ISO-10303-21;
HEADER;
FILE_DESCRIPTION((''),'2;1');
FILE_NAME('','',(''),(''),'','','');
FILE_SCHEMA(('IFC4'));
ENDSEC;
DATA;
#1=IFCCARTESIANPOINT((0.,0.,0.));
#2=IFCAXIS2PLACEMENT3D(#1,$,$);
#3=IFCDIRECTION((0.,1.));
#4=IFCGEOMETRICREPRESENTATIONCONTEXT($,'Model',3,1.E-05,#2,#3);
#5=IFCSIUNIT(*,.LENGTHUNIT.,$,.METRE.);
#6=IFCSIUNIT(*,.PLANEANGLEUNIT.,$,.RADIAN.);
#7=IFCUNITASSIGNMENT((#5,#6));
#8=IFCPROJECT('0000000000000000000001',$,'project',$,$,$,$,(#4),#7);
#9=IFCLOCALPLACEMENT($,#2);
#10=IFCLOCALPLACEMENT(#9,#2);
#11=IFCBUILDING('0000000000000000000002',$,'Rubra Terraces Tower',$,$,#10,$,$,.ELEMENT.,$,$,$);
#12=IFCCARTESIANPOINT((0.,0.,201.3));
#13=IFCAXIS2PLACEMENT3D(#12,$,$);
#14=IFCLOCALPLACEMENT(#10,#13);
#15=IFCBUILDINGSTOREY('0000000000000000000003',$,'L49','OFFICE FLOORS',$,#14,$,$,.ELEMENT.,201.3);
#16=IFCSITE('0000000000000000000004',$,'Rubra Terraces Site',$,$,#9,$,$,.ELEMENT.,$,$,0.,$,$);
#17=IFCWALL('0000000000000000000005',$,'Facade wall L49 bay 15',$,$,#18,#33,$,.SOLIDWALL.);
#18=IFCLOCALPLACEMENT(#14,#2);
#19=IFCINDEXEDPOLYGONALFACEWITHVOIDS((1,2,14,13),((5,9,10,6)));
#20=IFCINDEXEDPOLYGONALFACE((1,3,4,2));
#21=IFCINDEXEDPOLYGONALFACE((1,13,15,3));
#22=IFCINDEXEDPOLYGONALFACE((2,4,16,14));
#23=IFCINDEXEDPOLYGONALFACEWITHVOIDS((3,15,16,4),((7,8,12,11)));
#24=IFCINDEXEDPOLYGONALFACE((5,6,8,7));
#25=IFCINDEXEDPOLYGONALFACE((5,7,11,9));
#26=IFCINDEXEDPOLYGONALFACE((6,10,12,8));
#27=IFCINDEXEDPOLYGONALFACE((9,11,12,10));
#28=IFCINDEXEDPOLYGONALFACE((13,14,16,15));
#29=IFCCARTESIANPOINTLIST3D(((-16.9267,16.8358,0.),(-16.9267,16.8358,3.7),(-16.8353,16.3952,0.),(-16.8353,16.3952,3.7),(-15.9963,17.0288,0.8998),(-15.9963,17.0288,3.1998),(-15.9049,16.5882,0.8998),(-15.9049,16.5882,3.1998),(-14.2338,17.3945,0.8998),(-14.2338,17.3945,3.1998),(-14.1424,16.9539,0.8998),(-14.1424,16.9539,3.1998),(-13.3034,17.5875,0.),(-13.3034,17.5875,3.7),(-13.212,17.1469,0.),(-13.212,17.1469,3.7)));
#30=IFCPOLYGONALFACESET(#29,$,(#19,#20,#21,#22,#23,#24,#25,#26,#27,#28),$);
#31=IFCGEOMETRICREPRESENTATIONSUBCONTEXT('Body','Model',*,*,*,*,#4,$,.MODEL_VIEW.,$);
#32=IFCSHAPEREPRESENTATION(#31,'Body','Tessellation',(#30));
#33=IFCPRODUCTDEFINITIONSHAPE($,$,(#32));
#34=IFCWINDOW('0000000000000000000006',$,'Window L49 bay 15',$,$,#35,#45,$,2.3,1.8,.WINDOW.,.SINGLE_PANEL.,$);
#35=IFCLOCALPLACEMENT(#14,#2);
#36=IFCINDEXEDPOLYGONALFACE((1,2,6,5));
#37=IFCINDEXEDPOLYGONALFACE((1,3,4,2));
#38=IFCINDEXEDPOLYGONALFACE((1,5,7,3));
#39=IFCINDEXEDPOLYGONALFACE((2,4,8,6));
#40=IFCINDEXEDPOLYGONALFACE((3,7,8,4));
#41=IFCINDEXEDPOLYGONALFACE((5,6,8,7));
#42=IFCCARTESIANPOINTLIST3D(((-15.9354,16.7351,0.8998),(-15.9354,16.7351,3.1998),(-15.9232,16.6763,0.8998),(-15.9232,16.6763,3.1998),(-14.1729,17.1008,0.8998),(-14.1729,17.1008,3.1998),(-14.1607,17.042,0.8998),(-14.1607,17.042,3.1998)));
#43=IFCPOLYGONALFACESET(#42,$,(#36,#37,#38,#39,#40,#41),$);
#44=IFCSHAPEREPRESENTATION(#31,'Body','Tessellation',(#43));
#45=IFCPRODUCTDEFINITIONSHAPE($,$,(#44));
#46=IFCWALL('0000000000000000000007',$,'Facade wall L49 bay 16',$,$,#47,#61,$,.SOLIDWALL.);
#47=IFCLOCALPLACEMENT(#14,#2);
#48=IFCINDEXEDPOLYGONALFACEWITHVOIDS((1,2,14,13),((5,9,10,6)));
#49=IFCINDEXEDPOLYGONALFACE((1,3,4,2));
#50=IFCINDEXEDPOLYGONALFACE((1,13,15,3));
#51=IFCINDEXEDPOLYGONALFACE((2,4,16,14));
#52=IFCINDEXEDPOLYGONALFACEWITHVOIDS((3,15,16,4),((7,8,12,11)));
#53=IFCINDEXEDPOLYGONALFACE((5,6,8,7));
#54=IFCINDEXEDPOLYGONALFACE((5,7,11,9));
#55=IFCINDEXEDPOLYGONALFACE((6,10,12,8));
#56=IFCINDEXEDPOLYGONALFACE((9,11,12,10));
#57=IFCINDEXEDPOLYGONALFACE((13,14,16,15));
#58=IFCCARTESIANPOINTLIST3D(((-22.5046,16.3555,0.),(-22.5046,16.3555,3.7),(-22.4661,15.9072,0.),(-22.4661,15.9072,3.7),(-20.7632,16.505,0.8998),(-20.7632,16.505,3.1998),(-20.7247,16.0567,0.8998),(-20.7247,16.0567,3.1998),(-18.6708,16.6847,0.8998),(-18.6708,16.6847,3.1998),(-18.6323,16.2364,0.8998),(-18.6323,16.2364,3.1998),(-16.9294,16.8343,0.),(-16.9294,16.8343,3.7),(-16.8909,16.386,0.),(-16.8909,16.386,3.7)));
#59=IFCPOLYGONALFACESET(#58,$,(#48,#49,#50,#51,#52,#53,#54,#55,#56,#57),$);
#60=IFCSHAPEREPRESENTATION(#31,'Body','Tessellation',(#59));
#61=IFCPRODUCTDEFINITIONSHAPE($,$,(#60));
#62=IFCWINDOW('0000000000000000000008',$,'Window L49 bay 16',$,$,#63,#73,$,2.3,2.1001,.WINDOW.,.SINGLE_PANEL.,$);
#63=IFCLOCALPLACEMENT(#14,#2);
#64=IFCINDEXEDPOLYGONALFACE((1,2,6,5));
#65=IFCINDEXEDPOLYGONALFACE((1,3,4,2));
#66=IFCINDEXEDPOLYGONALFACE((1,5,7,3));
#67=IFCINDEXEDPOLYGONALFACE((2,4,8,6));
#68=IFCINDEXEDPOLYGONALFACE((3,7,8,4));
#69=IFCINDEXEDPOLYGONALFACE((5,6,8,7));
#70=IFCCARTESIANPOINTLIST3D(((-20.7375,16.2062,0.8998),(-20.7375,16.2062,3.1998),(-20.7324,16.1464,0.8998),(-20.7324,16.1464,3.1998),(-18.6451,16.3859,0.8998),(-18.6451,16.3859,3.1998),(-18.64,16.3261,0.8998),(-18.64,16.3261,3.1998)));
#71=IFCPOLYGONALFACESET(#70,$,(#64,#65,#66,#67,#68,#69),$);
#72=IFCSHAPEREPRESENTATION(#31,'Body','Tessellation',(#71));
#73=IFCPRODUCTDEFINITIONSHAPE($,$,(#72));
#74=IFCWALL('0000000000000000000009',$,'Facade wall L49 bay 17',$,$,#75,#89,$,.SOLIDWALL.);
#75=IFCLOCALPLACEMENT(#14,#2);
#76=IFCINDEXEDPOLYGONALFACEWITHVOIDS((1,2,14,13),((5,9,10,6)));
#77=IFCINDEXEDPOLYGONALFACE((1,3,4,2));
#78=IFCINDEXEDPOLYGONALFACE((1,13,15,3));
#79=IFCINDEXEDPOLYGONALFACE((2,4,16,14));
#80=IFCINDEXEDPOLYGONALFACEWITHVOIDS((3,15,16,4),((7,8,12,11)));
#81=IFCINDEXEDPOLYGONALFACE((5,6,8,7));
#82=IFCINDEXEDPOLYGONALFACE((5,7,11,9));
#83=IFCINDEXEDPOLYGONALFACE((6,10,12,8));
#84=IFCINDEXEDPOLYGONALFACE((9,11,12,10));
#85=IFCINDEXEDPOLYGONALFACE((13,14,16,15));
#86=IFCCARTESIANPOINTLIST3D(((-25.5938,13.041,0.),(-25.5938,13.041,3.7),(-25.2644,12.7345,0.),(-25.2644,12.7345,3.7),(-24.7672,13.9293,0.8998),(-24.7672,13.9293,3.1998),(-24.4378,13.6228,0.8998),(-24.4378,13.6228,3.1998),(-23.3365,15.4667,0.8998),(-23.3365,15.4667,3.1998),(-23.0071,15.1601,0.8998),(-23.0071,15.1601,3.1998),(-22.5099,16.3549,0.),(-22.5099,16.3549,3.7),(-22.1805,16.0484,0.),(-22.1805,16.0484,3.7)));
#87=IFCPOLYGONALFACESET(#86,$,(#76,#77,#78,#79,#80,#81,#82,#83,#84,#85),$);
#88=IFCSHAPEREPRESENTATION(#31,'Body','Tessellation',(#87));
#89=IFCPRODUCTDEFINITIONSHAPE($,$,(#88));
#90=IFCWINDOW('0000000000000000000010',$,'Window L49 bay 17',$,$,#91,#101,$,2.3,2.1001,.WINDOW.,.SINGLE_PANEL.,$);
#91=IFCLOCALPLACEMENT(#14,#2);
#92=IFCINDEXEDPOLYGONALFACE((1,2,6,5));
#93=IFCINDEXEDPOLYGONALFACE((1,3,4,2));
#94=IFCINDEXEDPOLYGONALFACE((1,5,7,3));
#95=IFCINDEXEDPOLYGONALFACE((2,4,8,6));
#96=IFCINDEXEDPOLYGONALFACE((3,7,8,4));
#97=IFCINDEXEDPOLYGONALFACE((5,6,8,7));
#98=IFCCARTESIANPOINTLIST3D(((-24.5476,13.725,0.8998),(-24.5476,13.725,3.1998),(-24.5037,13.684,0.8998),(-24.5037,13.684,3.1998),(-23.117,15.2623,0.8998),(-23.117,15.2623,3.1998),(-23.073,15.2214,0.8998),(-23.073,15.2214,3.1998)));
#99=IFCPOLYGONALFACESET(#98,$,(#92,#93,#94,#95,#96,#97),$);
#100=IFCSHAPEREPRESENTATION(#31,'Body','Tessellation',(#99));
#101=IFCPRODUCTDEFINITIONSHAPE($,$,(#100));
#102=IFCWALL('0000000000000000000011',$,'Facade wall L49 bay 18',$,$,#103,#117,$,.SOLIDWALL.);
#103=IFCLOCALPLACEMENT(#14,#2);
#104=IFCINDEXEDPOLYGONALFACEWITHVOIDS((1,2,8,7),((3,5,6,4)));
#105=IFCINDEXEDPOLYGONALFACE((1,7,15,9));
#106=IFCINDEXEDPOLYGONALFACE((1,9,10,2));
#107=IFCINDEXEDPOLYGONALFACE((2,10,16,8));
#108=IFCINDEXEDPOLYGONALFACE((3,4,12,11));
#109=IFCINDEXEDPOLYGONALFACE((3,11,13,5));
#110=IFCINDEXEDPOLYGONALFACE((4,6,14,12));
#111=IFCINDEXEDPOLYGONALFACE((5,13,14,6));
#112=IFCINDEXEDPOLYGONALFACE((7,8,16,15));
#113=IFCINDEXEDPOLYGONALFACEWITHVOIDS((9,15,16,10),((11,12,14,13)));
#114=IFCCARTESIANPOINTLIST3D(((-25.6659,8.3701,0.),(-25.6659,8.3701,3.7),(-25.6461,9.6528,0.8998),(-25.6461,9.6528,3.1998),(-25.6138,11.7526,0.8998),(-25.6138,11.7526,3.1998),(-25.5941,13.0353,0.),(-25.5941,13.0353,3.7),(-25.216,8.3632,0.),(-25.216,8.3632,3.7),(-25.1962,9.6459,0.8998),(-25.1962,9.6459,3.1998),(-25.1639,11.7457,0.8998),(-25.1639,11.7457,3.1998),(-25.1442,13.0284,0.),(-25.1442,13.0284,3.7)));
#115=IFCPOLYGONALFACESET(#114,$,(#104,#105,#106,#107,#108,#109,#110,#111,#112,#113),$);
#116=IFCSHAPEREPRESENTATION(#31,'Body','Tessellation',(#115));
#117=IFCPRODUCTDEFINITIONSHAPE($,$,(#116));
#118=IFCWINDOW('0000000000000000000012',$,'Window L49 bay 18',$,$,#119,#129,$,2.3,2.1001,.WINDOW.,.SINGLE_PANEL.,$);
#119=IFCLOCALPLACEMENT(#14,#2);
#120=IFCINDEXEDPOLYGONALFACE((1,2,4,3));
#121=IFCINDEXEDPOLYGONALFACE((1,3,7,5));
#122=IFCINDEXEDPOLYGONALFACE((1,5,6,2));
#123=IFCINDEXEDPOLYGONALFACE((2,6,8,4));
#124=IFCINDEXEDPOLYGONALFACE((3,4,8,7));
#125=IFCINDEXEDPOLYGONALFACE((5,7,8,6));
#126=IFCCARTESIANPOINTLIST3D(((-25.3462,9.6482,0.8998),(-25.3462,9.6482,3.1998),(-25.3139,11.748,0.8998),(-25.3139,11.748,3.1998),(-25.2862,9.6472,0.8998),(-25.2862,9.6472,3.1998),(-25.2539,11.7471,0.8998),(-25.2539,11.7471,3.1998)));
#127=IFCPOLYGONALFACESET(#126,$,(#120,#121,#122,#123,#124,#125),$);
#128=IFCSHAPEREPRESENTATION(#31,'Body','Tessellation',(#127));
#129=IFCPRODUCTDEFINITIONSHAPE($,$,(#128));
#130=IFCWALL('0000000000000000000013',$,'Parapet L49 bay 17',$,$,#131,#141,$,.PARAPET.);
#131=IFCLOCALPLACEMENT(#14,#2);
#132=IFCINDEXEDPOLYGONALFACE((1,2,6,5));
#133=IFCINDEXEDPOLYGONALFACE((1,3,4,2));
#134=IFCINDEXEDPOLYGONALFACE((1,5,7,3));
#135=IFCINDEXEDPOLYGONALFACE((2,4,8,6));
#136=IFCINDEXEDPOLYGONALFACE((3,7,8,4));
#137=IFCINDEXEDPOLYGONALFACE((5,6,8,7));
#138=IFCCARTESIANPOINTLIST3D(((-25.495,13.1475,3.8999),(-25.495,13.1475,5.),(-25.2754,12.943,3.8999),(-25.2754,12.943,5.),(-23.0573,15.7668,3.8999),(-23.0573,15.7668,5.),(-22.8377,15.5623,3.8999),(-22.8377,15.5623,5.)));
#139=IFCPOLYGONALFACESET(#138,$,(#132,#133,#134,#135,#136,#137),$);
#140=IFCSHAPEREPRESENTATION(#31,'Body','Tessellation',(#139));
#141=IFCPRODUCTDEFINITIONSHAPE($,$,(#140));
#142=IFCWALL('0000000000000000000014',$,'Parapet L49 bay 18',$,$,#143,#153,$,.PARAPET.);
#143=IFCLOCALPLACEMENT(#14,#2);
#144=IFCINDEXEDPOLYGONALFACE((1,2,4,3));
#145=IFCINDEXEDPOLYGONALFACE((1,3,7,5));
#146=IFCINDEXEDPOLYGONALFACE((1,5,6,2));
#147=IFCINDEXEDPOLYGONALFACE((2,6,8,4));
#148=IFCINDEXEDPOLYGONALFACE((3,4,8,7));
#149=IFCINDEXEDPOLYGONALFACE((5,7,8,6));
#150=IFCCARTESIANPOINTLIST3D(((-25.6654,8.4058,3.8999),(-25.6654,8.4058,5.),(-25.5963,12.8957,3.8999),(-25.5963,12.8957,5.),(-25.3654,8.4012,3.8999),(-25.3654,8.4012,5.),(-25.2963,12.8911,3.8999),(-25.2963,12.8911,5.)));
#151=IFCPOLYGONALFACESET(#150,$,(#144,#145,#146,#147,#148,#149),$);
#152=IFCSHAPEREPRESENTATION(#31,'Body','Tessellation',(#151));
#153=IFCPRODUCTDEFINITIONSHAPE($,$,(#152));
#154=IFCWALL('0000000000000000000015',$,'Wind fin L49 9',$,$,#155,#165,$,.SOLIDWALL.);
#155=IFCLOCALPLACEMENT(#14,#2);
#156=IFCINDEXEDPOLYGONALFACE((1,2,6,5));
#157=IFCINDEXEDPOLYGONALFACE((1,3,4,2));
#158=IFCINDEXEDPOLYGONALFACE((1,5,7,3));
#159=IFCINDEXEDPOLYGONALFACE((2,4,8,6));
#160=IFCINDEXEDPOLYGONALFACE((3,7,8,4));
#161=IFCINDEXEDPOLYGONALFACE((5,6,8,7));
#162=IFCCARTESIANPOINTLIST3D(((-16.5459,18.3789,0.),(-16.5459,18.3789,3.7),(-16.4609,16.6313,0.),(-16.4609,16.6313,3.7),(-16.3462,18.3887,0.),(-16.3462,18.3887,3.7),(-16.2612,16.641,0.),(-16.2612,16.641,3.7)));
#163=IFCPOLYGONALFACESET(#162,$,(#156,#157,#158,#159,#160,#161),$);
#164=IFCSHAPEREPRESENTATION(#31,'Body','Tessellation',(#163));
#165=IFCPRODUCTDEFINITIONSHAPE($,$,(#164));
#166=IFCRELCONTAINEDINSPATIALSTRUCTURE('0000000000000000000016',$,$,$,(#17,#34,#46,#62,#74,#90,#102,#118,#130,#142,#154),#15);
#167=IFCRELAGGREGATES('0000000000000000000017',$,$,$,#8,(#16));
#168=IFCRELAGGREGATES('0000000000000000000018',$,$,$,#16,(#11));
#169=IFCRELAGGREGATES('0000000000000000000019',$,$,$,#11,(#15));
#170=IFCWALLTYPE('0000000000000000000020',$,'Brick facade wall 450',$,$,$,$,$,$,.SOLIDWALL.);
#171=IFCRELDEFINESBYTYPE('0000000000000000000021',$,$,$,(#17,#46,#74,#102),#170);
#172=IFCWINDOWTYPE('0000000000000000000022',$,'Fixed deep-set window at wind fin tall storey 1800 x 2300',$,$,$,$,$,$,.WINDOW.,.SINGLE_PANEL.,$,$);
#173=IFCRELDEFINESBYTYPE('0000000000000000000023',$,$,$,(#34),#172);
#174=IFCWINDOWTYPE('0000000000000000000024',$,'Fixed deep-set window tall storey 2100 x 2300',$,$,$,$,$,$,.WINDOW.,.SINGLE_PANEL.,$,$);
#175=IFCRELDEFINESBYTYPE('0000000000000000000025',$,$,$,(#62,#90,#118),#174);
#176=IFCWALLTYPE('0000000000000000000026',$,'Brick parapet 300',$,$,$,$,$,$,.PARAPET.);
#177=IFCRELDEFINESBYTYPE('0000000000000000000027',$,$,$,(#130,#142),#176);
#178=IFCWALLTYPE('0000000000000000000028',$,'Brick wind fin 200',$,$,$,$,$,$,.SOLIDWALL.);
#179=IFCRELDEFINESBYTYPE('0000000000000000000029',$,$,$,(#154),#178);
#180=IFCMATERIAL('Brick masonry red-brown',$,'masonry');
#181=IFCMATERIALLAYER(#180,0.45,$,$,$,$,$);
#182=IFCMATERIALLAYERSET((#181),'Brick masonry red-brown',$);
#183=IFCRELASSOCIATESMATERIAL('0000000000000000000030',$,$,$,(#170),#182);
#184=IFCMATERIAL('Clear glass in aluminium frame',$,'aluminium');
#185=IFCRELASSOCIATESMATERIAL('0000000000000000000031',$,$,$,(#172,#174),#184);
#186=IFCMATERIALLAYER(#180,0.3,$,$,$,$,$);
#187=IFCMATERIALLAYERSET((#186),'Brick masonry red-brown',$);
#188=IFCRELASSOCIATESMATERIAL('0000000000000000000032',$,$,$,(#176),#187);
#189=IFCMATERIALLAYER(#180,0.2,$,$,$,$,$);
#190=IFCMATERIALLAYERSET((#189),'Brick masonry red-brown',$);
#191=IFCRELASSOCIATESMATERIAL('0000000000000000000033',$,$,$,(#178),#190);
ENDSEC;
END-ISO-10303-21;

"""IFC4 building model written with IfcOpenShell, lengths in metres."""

from ifc_helpers import new_model, si_unit, direction, frame, frame_2d, origin, place, context, subcontext, project, spatial, rectangle, extrude, material, layer, layer_set, type_object, element, fill, save


model = new_model("IFC4")

# Units and contexts
model_context = context("Model", 3, precision=1e-05, world=origin(), true_north=direction((0.0, 1.0)))
body_context = subcontext(model_context, "Body", "Model", "MODEL_VIEW")
ifc_project = project(units=[si_unit("LENGTHUNIT", "METRE"), si_unit("PLANEANGLEUNIT", "RADIAN")], contexts=[model_context])

# Site, building, storey
site_placement = place(None, origin())
site = spatial("IfcSite", under=ifc_project, at=site_placement, Name="Rubra Terraces Site", CompositionType="ELEMENT", RefElevation=0.0)
building_placement = place(site_placement, origin())
building = spatial("IfcBuilding", under=site, at=building_placement, Name="Rubra Terraces Tower", CompositionType="ELEMENT")
storey_placement = place(building_placement, frame((0.0, 0.0, 201.3)))
storey = spatial("IfcBuildingStorey", under=building, at=storey_placement, Name="L49", Description="OFFICE FLOORS", CompositionType="ELEMENT", Elevation=201.3)

# Walls, openings, windows
ifc_material_1 = material(Name="Brick masonry red-brown", Category="masonry")
ifc_layer_1 = layer(ifc_material_1, 0.45)
ifc_layer_set_1 = layer_set([ifc_layer_1], Name="Brick masonry red-brown")
wall_type_1 = type_object("IfcWallType", Name="Brick facade wall 450", PredefinedType="SOLIDWALL", material=ifc_layer_set_1)
wall_1_placement = place(storey_placement, frame((-13.2578, 17.3672, 0.0), z_axis=(0.0, 0.0, 1.0), x_axis=(-0.97915, -0.20314, 0.0)))
wall_1 = element("IfcWall", 1, at=wall_1_placement, inside=storey, type_object=wall_type_1, Name="Facade wall L49 bay 15", PredefinedType="SOLIDWALL", context=body_context, shape_type="SweptSolid", body=[
    extrude(rectangle(XDim=3.7004, YDim=0.45, at=frame_2d((1.8501, 0.0))), origin(), (0.0, 0.0, 1.0), 3.7),
])
opening_1_placement = place(wall_1_placement, frame((0.9502, 0.0, 0.8999)))
opening_1 = element("IfcOpeningElement", 2, at=opening_1_placement, cuts=wall_1, PredefinedType="OPENING", context=body_context, shape_type="SweptSolid", body=[
    extrude(rectangle(XDim=1.8, YDim=2.3, at=frame_2d((0.8999, 1.1499))), frame((0.0, 0.2349, 0.0), z_axis=(0.0, -1.0, 0.0), x_axis=(1.0, 0.0, 0.0)), (0.0, 0.0, 1.0), 0.47),
])
ifc_material_2 = material(Name="Clear glass in aluminium frame", Category="aluminium")
window_type_1 = type_object("IfcWindowType", Name="Fixed deep-set window at wind fin tall storey 1800 x 2300", PartitioningType="SINGLE_PANEL", PredefinedType="WINDOW", material=ifc_material_2)
window_1_placement = place(opening_1_placement, origin())
window_1 = element("IfcWindow", 3, at=window_1_placement, inside=storey, type_object=window_type_1, Name="Window L49 bay 15", OverallHeight=2.3, OverallWidth=1.8, PartitioningType="SINGLE_PANEL", PredefinedType="WINDOW", context=body_context, shape_type="SweptSolid", body=[
    extrude(rectangle(XDim=1.8, YDim=2.3, at=frame_2d((0.8999, 1.1499))), frame((0.0, 0.135, 0.0), z_axis=(0.0, -1.0, 0.0), x_axis=(1.0, 0.0, 0.0)), (0.0, 0.0, 1.0), 0.0601),
])
fill(opening_1, window_1)
wall_2_placement = place(storey_placement, frame((-16.9102, 16.6101, 0.0), z_axis=(0.0, 0.0, 1.0), x_axis=(-0.996333, -0.085558, 0.0)))
wall_2 = element("IfcWall", 4, at=wall_2_placement, inside=storey, type_object=wall_type_1, Name="Facade wall L49 bay 16", PredefinedType="SOLIDWALL", context=body_context, shape_type="SweptSolid", body=[
    extrude(rectangle(XDim=5.5957, YDim=0.45, at=frame_2d((2.7979, 0.0))), origin(), (0.0, 0.0, 1.0), 3.7),
])
opening_2_placement = place(wall_2_placement, frame((1.7478, 0.0, 0.8999)))
opening_2 = element("IfcOpeningElement", 5, at=opening_2_placement, cuts=wall_2, PredefinedType="OPENING", context=body_context, shape_type="SweptSolid", body=[
    extrude(rectangle(XDim=2.1001, YDim=2.3, at=frame_2d((1.05, 1.1499))), frame((0.0, 0.2349, 0.0), z_axis=(0.0, -1.0, 0.0), x_axis=(1.0, 0.0, 0.0)), (0.0, 0.0, 1.0), 0.47),
])
window_type_2 = type_object("IfcWindowType", Name="Fixed deep-set window tall storey 2100 x 2300", PartitioningType="SINGLE_PANEL", PredefinedType="WINDOW", material=ifc_material_2)
window_2_placement = place(opening_2_placement, origin())
window_2 = element("IfcWindow", 6, at=window_2_placement, inside=storey, type_object=window_type_2, Name="Window L49 bay 16", OverallHeight=2.3, OverallWidth=2.1001, PartitioningType="SINGLE_PANEL", PredefinedType="WINDOW", context=body_context, shape_type="SweptSolid", body=[
    extrude(rectangle(XDim=2.1001, YDim=2.3, at=frame_2d((1.05, 1.1499))), frame((0.0, 0.135, 0.0), z_axis=(0.0, -1.0, 0.0), x_axis=(1.0, 0.0, 0.0)), (0.0, 0.0, 1.0), 0.0601),
])
fill(opening_2, window_2)
wall_3_placement = place(storey_placement, frame((-22.3452, 16.2017, 0.0), z_axis=(0.0, 0.0, 1.0), x_axis=(-0.681249, -0.732052, 0.0)))
wall_3 = element("IfcWall", 7, at=wall_3_placement, inside=storey, type_object=wall_type_1, Name="Facade wall L49 bay 17", PredefinedType="SOLIDWALL", context=body_context, shape_type="SweptSolid", body=[
    extrude(rectangle(XDim=4.5269, YDim=0.45, at=frame_2d((2.2634, 0.0))), origin(), (0.0, 0.0, 1.0), 3.7),
])
opening_3_placement = place(wall_3_placement, frame((1.2134, 0.0, 0.8999)))
opening_3 = element("IfcOpeningElement", 8, at=opening_3_placement, cuts=wall_3, PredefinedType="OPENING", context=body_context, shape_type="SweptSolid", body=[
    extrude(rectangle(XDim=2.1001, YDim=2.3, at=frame_2d((1.05, 1.1499))), frame((0.0, 0.2349, 0.0), z_axis=(0.0, -1.0, 0.0), x_axis=(1.0, 0.0, 0.0)), (0.0, 0.0, 1.0), 0.47),
])
window_3_placement = place(opening_3_placement, origin())
window_3 = element("IfcWindow", 9, at=window_3_placement, inside=storey, type_object=window_type_2, Name="Window L49 bay 17", OverallHeight=2.3, OverallWidth=2.1001, PartitioningType="SINGLE_PANEL", PredefinedType="WINDOW", context=body_context, shape_type="SweptSolid", body=[
    extrude(rectangle(XDim=2.1001, YDim=2.3, at=frame_2d((1.05, 1.1499))), frame((0.0, 0.135, 0.0), z_axis=(0.0, -1.0, 0.0), x_axis=(1.0, 0.0, 0.0)), (0.0, 0.0, 1.0), 0.0601),
])
fill(opening_3, window_3)
wall_4_placement = place(storey_placement, frame((-25.3691, 13.032, 0.0), z_axis=(0.0, 0.0, 1.0), x_axis=(-0.015384, -0.999882, 0.0)))
wall_4 = element("IfcWall", 10, at=wall_4_placement, inside=storey, type_object=wall_type_1, Name="Facade wall L49 bay 18", PredefinedType="SOLIDWALL", context=body_context, shape_type="SweptSolid", body=[
    extrude(rectangle(XDim=4.6658, YDim=0.45, at=frame_2d((2.333, 0.0))), origin(), (0.0, 0.0, 1.0), 3.7),
])
opening_4_placement = place(wall_4_placement, frame((1.283, 0.0, 0.8999)))
opening_4 = element("IfcOpeningElement", 11, at=opening_4_placement, cuts=wall_4, PredefinedType="OPENING", context=body_context, shape_type="SweptSolid", body=[
    extrude(rectangle(XDim=2.1001, YDim=2.3, at=frame_2d((1.05, 1.1499))), frame((0.0, 0.2349, 0.0), z_axis=(0.0, -1.0, 0.0), x_axis=(1.0, 0.0, 0.0)), (0.0, 0.0, 1.0), 0.47),
])
window_4_placement = place(opening_4_placement, origin())
window_4 = element("IfcWindow", 12, at=window_4_placement, inside=storey, type_object=window_type_2, Name="Window L49 bay 18", OverallHeight=2.3, OverallWidth=2.1001, PartitioningType="SINGLE_PANEL", PredefinedType="WINDOW", context=body_context, shape_type="SweptSolid", body=[
    extrude(rectangle(XDim=2.1001, YDim=2.3, at=frame_2d((1.05, 1.1499))), frame((0.0, 0.135, 0.0), z_axis=(0.0, -1.0, 0.0), x_axis=(1.0, 0.0, 0.0)), (0.0, 0.0, 1.0), 0.0601),
])
fill(opening_4, window_4)

# Walls
ifc_layer_2 = layer(ifc_material_1, 0.3)
ifc_layer_set_2 = layer_set([ifc_layer_2], Name="Brick masonry red-brown")
wall_type_2 = type_object("IfcWallType", Name="Brick parapet 300", PredefinedType="PARAPET", material=ifc_layer_set_2)
wall_5_placement = place(storey_placement, frame((-22.9475, 15.6646, 3.8999), z_axis=(0.0, 0.0, 1.0), x_axis=(-0.68127, -0.732032, 0.0)))
element("IfcWall", 13, at=wall_5_placement, inside=storey, type_object=wall_type_2, Name="Parapet L49 bay 17", PredefinedType="PARAPET", context=body_context, shape_type="SweptSolid", body=[
    extrude(rectangle(XDim=3.5781, YDim=0.3, at=frame_2d((1.7891, 0.0))), origin(), (0.0, 0.0, 1.0), 1.1001),
])
wall_6_placement = place(storey_placement, frame((-25.4463, 12.8933, 3.8999), z_axis=(0.0, 0.0, 1.0), x_axis=(-0.015386, -0.999882, 0.0)))
element("IfcWall", 14, at=wall_6_placement, inside=storey, type_object=wall_type_2, Name="Parapet L49 bay 18", PredefinedType="PARAPET", context=body_context, shape_type="SweptSolid", body=[
    extrude(rectangle(XDim=4.4905, YDim=0.3, at=frame_2d((2.2451, 0.0))), origin(), (0.0, 0.0, 1.0), 1.1001),
])
ifc_layer_3 = layer(ifc_material_1, 0.2)
ifc_layer_set_3 = layer_set([ifc_layer_3], Name="Brick masonry red-brown")
wall_type_3 = type_object("IfcWallType", Name="Brick wind fin 200", PredefinedType="SOLIDWALL", material=ifc_layer_set_3)
wall_7_placement = place(storey_placement, frame((-16.3611, 16.636, 0.0), z_axis=(0.0, 0.0, 1.0), x_axis=(-0.048553, 0.998821, 0.0)))
element("IfcWall", 15, at=wall_7_placement, inside=storey, type_object=wall_type_3, Name="Wind fin L49 9", PredefinedType="SOLIDWALL", context=body_context, shape_type="SweptSolid", body=[
    extrude(rectangle(XDim=1.7498, YDim=0.2, at=frame_2d((0.875, 0.0))), origin(), (0.0, 0.0, 1.0), 3.7),
])

save(model, "model.ifc")
